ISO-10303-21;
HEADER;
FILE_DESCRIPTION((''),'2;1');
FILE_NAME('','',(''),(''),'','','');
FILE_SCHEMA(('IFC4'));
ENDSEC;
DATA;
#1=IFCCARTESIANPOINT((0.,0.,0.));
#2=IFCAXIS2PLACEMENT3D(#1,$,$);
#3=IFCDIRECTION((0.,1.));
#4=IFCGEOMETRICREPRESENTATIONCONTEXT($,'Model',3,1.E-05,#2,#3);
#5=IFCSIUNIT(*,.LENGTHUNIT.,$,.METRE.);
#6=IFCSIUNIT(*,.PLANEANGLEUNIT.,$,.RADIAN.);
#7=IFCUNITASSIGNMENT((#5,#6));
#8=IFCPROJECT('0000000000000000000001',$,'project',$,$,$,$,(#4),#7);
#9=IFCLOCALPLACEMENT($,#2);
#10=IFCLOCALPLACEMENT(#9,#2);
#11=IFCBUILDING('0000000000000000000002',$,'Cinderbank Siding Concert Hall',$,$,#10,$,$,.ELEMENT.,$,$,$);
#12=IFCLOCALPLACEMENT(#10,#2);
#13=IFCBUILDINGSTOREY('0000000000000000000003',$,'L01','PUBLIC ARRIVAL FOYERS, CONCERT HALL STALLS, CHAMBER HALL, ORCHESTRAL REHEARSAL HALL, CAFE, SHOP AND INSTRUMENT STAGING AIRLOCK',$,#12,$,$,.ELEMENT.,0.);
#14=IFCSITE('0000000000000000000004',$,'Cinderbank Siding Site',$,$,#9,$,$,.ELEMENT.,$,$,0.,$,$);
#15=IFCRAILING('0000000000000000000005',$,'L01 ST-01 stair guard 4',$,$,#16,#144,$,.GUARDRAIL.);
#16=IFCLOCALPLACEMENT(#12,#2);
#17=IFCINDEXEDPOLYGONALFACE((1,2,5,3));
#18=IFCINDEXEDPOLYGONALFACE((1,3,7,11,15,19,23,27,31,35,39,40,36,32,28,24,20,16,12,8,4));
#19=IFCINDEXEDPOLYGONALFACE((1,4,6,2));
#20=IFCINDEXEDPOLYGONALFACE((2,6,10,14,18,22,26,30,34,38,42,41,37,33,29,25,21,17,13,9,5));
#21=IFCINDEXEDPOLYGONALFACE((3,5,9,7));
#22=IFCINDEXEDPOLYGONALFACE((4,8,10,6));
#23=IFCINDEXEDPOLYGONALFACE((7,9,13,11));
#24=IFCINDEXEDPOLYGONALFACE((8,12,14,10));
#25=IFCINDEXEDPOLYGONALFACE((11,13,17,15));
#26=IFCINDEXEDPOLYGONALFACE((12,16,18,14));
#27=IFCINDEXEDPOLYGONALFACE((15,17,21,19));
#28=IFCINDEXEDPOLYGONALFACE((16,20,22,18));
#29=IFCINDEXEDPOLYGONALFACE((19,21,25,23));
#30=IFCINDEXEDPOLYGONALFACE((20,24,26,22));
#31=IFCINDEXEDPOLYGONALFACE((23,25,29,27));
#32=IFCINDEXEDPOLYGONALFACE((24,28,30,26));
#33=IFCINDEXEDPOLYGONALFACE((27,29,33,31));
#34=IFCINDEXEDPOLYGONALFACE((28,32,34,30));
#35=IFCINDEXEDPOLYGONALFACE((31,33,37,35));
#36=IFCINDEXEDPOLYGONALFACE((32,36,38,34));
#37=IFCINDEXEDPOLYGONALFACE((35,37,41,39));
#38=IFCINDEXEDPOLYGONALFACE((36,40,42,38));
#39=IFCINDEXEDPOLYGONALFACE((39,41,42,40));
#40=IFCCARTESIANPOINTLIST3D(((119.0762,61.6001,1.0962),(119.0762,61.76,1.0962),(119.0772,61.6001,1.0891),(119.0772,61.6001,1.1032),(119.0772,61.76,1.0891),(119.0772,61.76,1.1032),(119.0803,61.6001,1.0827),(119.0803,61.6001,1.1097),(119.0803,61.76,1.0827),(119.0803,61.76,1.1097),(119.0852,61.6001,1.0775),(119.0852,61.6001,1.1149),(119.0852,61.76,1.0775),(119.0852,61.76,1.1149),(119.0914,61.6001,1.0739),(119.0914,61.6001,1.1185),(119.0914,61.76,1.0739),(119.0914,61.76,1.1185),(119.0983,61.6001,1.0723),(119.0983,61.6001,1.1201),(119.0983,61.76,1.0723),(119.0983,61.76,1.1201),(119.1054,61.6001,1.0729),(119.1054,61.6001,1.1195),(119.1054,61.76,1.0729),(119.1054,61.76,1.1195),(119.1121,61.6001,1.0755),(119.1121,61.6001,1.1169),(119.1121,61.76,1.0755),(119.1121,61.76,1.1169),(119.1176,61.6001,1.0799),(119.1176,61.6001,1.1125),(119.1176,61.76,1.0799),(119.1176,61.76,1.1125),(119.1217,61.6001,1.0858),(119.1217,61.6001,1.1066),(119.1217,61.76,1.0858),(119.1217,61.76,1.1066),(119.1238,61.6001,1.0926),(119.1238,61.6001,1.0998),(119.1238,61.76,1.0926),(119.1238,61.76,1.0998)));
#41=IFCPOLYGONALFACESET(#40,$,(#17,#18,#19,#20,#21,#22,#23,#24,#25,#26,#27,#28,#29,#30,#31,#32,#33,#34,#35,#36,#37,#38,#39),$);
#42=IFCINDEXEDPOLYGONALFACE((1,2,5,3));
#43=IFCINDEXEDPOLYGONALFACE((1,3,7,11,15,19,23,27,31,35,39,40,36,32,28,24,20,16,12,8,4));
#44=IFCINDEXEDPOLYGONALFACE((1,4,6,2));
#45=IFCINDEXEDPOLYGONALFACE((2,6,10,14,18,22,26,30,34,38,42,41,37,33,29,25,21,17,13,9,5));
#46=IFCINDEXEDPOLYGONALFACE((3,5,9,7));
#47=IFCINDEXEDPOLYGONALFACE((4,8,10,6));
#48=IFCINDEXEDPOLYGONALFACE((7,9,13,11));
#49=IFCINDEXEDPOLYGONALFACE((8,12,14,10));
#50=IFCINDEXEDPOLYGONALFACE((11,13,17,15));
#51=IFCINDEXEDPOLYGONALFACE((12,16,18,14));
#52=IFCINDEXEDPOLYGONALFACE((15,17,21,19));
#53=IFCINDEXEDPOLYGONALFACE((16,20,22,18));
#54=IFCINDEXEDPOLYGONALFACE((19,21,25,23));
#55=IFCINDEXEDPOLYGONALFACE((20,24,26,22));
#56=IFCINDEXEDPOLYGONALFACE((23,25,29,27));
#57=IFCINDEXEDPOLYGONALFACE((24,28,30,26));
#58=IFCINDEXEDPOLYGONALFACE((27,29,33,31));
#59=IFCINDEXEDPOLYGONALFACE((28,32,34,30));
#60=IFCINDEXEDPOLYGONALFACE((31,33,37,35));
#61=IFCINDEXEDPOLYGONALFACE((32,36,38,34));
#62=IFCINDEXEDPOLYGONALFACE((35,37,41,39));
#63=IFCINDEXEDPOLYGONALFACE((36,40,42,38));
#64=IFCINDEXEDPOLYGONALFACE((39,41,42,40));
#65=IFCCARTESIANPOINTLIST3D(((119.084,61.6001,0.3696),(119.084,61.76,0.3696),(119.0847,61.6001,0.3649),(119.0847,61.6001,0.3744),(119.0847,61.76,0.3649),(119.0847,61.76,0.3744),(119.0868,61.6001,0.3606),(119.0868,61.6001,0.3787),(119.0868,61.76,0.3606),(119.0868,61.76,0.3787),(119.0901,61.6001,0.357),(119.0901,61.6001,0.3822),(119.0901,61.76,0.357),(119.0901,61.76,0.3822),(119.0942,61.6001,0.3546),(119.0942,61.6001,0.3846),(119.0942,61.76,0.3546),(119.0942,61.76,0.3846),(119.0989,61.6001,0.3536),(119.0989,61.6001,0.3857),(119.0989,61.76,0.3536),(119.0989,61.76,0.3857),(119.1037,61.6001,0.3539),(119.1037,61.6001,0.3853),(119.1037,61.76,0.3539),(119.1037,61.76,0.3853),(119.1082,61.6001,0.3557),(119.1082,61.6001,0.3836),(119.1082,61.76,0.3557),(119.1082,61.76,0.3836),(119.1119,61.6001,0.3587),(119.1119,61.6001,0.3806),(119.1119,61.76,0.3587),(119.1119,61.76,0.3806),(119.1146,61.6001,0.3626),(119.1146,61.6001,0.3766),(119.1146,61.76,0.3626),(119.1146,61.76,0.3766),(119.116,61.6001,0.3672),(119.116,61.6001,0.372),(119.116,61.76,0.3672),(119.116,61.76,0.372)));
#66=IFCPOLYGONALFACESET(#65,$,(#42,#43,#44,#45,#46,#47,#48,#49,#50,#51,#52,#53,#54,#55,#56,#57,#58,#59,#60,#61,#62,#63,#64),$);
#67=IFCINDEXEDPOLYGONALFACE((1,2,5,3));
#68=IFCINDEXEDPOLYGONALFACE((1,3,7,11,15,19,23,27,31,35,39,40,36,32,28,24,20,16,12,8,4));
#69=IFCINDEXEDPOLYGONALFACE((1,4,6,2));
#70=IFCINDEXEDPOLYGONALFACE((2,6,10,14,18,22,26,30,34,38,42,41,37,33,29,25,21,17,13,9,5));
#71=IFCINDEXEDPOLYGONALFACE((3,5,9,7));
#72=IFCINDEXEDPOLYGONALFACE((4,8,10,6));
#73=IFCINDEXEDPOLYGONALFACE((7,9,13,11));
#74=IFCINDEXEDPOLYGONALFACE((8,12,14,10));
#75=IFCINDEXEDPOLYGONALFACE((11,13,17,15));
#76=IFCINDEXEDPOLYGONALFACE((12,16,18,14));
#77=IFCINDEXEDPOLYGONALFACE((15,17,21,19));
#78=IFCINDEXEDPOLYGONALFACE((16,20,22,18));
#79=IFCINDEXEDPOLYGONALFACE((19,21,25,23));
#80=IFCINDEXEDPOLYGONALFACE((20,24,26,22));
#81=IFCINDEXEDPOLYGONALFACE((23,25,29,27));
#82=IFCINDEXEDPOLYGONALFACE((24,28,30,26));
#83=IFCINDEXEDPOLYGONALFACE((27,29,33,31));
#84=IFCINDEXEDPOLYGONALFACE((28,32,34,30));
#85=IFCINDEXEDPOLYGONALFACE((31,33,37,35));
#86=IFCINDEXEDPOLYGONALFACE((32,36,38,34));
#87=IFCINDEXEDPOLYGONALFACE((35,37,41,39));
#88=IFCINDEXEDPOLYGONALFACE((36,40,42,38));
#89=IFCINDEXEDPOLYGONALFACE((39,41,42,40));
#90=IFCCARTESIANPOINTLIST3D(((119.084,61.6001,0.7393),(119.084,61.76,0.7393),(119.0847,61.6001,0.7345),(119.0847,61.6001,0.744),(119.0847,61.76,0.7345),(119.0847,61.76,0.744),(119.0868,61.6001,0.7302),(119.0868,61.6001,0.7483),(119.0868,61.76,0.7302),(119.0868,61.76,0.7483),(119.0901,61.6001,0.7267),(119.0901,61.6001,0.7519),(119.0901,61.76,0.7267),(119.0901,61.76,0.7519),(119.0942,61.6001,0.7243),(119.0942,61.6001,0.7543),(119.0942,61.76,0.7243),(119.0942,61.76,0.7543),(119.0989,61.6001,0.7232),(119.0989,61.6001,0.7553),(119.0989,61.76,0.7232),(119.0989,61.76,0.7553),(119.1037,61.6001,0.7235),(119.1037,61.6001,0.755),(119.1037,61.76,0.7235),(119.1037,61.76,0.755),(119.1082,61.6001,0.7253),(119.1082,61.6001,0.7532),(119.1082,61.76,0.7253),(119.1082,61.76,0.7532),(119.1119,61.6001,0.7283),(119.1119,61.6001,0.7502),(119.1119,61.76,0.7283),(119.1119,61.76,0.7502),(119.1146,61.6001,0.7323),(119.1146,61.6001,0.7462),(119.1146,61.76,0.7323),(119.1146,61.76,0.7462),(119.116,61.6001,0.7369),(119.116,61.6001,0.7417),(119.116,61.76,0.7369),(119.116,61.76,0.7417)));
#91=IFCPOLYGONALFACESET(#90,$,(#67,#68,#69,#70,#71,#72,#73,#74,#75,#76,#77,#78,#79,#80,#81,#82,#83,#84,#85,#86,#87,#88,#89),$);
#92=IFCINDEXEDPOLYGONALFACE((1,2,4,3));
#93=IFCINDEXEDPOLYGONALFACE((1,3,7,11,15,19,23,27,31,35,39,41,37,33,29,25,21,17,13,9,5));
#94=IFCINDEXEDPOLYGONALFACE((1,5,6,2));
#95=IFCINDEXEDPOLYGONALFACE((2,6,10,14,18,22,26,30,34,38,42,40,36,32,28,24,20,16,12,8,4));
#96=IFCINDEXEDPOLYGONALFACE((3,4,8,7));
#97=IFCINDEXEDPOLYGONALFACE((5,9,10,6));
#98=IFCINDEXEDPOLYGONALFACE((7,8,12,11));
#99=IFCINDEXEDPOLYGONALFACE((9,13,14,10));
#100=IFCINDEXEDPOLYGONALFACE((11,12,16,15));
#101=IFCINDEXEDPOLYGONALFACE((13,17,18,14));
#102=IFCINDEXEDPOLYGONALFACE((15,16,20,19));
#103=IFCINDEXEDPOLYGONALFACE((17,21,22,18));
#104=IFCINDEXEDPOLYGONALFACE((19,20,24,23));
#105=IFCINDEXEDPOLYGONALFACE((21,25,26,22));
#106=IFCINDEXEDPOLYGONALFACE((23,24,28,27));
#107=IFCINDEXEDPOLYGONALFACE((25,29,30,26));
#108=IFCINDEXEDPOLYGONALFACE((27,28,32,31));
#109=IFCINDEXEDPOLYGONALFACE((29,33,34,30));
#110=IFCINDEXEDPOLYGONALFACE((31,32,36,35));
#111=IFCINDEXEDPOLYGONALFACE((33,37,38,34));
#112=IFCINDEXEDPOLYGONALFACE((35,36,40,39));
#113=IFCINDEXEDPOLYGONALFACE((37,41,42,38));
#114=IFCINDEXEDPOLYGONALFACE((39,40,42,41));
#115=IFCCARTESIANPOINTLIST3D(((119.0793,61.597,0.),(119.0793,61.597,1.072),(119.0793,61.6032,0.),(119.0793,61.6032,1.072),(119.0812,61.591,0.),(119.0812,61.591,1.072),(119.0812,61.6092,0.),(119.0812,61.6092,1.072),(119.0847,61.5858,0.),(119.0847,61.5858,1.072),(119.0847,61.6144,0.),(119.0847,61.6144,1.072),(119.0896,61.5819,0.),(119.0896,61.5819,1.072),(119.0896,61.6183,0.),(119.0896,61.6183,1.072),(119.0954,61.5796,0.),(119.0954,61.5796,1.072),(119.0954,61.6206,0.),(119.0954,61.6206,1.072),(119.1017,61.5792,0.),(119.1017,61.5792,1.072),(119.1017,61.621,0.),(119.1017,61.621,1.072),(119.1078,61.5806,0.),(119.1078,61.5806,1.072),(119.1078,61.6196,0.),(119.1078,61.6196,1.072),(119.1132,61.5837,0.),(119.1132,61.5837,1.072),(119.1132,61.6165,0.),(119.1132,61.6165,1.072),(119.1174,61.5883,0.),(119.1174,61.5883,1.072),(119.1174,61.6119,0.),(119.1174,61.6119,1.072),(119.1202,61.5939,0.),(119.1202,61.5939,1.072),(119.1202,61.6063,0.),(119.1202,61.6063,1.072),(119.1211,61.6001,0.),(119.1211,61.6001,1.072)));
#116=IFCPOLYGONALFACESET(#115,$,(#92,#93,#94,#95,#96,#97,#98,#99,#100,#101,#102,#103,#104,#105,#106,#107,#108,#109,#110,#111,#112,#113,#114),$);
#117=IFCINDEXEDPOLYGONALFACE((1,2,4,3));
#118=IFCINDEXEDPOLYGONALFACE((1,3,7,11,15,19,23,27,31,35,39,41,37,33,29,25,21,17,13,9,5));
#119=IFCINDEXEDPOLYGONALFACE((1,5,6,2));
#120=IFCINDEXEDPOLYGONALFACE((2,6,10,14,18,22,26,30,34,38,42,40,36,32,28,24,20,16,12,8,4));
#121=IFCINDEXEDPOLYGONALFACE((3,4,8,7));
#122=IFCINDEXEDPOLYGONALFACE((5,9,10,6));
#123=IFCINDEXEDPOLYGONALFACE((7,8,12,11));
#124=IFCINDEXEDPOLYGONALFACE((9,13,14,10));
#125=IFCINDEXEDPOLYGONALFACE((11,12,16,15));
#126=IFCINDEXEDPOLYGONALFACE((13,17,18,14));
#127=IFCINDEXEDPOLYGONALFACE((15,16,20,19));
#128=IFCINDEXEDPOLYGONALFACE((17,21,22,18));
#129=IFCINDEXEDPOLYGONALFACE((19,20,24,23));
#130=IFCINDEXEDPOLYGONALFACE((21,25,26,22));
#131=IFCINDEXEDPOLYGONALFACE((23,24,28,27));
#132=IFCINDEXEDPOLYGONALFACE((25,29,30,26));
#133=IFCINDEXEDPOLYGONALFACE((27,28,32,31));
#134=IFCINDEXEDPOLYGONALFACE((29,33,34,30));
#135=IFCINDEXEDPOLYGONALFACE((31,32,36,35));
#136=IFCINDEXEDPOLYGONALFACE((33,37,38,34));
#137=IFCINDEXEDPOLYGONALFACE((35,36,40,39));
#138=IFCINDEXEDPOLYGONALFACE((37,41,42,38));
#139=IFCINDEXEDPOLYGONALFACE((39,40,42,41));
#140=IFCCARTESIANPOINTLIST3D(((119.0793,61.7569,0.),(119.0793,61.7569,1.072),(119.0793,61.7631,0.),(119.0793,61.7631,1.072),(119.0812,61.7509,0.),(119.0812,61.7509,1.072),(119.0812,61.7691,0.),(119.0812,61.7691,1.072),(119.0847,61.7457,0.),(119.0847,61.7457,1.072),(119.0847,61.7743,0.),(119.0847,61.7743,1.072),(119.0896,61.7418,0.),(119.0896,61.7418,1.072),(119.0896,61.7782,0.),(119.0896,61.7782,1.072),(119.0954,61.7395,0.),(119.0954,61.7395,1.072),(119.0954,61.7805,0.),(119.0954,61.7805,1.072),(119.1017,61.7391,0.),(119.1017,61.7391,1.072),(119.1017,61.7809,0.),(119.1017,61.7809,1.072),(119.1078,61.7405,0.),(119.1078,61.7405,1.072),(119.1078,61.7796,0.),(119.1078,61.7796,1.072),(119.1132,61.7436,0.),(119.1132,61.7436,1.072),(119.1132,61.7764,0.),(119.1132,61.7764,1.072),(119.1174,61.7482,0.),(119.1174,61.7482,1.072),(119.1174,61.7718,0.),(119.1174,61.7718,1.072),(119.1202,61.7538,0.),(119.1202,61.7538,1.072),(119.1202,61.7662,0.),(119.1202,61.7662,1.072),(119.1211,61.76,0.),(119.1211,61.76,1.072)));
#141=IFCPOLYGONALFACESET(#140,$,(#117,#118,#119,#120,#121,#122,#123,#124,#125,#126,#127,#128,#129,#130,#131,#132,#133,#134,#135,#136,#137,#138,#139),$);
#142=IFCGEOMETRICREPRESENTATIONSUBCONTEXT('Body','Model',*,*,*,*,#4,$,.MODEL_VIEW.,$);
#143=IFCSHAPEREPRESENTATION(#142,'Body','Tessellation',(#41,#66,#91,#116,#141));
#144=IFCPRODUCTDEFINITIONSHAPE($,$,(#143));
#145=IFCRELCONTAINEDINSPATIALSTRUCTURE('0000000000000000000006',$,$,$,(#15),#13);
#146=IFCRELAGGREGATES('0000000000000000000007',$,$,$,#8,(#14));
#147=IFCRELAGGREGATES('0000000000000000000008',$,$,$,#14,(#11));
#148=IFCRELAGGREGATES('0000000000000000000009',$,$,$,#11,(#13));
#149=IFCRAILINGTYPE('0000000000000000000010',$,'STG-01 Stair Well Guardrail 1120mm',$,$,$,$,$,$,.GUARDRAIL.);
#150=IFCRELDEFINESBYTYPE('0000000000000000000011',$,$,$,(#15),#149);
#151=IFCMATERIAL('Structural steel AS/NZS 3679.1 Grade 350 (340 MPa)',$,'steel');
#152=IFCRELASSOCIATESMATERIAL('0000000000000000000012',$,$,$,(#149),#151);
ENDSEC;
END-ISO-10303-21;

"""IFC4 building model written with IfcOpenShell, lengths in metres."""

from ifc_helpers import new_model, si_unit, direction, frame, origin, origin_2d, place, context, subcontext, project, spatial, circle, extrude, material, type_object, element, save


model = new_model("IFC4")

# Units and contexts
model_context = context("Model", 3, precision=1e-05, world=origin(), true_north=direction((0.0, 1.0)))
body_context = subcontext(model_context, "Body", "Model", "MODEL_VIEW")
ifc_project = project(units=[si_unit("LENGTHUNIT", "METRE"), si_unit("PLANEANGLEUNIT", "RADIAN")], contexts=[model_context])

# Site, building, storey
site_placement = place(None, origin())
site = spatial("IfcSite", under=ifc_project, at=site_placement, Name="Cinderbank Siding Site", CompositionType="ELEMENT", RefElevation=0.0)
building_placement = place(site_placement, origin())
building = spatial("IfcBuilding", under=site, at=building_placement, Name="Cinderbank Siding Concert Hall", CompositionType="ELEMENT")
storey_placement = place(building_placement, origin())
storey = spatial("IfcBuildingStorey", under=building, at=storey_placement, Name="L01", Description="PUBLIC ARRIVAL FOYERS, CONCERT HALL STALLS, CHAMBER HALL, ORCHESTRAL REHEARSAL HALL, CAFE, SHOP AND INSTRUMENT STAGING AIRLOCK", CompositionType="ELEMENT", Elevation=0.0)

# Shared definitions
ifc_material_1 = material(Name="Structural steel AS/NZS 3679.1 Grade 350 (340 MPa)", Category="steel")

# Railing
railing_type_1 = type_object("IfcRailingType", Name="STG-01 Stair Well Guardrail 1120mm", PredefinedType="GUARDRAIL", material=ifc_material_1)
railing_1_placement = place(storey_placement, frame((119.1001, 61.6001, 0.0)))
element("IfcRailing", 1, at=railing_1_placement, inside=storey, type_object=railing_type_1, Name="L01 ST-01 stair guard 4", PredefinedType="GUARDRAIL", context=body_context, shape_type="SweptSolid", body=[
    extrude(circle(Radius=0.0239, at=origin_2d()), frame((0.0, 0.0, 1.0962), z_axis=(0.0, 1.0, 0.0), x_axis=(-1.0, 0.0, 0.0)), (0.0, 0.0, 1.0), 0.1599),
    extrude(circle(Radius=0.0161, at=origin_2d()), frame((0.0, 0.0, 0.3696), z_axis=(0.0, 1.0, 0.0), x_axis=(-1.0, 0.0, 0.0)), (0.0, 0.0, 1.0), 0.1599),
    extrude(circle(Radius=0.0161, at=origin_2d()), frame((0.0, 0.0, 0.7393), z_axis=(0.0, 1.0, 0.0), x_axis=(-1.0, 0.0, 0.0)), (0.0, 0.0, 1.0), 0.1599),
    extrude(circle(Radius=0.021, at=origin_2d()), origin(), (0.0, 0.0, 1.0), 1.072),
    extrude(circle(Radius=0.021, at=origin_2d()), frame((0.0, 0.1599, 0.0)), (0.0, 0.0, 1.0), 1.072),
])

save(model, "model.ifc")
